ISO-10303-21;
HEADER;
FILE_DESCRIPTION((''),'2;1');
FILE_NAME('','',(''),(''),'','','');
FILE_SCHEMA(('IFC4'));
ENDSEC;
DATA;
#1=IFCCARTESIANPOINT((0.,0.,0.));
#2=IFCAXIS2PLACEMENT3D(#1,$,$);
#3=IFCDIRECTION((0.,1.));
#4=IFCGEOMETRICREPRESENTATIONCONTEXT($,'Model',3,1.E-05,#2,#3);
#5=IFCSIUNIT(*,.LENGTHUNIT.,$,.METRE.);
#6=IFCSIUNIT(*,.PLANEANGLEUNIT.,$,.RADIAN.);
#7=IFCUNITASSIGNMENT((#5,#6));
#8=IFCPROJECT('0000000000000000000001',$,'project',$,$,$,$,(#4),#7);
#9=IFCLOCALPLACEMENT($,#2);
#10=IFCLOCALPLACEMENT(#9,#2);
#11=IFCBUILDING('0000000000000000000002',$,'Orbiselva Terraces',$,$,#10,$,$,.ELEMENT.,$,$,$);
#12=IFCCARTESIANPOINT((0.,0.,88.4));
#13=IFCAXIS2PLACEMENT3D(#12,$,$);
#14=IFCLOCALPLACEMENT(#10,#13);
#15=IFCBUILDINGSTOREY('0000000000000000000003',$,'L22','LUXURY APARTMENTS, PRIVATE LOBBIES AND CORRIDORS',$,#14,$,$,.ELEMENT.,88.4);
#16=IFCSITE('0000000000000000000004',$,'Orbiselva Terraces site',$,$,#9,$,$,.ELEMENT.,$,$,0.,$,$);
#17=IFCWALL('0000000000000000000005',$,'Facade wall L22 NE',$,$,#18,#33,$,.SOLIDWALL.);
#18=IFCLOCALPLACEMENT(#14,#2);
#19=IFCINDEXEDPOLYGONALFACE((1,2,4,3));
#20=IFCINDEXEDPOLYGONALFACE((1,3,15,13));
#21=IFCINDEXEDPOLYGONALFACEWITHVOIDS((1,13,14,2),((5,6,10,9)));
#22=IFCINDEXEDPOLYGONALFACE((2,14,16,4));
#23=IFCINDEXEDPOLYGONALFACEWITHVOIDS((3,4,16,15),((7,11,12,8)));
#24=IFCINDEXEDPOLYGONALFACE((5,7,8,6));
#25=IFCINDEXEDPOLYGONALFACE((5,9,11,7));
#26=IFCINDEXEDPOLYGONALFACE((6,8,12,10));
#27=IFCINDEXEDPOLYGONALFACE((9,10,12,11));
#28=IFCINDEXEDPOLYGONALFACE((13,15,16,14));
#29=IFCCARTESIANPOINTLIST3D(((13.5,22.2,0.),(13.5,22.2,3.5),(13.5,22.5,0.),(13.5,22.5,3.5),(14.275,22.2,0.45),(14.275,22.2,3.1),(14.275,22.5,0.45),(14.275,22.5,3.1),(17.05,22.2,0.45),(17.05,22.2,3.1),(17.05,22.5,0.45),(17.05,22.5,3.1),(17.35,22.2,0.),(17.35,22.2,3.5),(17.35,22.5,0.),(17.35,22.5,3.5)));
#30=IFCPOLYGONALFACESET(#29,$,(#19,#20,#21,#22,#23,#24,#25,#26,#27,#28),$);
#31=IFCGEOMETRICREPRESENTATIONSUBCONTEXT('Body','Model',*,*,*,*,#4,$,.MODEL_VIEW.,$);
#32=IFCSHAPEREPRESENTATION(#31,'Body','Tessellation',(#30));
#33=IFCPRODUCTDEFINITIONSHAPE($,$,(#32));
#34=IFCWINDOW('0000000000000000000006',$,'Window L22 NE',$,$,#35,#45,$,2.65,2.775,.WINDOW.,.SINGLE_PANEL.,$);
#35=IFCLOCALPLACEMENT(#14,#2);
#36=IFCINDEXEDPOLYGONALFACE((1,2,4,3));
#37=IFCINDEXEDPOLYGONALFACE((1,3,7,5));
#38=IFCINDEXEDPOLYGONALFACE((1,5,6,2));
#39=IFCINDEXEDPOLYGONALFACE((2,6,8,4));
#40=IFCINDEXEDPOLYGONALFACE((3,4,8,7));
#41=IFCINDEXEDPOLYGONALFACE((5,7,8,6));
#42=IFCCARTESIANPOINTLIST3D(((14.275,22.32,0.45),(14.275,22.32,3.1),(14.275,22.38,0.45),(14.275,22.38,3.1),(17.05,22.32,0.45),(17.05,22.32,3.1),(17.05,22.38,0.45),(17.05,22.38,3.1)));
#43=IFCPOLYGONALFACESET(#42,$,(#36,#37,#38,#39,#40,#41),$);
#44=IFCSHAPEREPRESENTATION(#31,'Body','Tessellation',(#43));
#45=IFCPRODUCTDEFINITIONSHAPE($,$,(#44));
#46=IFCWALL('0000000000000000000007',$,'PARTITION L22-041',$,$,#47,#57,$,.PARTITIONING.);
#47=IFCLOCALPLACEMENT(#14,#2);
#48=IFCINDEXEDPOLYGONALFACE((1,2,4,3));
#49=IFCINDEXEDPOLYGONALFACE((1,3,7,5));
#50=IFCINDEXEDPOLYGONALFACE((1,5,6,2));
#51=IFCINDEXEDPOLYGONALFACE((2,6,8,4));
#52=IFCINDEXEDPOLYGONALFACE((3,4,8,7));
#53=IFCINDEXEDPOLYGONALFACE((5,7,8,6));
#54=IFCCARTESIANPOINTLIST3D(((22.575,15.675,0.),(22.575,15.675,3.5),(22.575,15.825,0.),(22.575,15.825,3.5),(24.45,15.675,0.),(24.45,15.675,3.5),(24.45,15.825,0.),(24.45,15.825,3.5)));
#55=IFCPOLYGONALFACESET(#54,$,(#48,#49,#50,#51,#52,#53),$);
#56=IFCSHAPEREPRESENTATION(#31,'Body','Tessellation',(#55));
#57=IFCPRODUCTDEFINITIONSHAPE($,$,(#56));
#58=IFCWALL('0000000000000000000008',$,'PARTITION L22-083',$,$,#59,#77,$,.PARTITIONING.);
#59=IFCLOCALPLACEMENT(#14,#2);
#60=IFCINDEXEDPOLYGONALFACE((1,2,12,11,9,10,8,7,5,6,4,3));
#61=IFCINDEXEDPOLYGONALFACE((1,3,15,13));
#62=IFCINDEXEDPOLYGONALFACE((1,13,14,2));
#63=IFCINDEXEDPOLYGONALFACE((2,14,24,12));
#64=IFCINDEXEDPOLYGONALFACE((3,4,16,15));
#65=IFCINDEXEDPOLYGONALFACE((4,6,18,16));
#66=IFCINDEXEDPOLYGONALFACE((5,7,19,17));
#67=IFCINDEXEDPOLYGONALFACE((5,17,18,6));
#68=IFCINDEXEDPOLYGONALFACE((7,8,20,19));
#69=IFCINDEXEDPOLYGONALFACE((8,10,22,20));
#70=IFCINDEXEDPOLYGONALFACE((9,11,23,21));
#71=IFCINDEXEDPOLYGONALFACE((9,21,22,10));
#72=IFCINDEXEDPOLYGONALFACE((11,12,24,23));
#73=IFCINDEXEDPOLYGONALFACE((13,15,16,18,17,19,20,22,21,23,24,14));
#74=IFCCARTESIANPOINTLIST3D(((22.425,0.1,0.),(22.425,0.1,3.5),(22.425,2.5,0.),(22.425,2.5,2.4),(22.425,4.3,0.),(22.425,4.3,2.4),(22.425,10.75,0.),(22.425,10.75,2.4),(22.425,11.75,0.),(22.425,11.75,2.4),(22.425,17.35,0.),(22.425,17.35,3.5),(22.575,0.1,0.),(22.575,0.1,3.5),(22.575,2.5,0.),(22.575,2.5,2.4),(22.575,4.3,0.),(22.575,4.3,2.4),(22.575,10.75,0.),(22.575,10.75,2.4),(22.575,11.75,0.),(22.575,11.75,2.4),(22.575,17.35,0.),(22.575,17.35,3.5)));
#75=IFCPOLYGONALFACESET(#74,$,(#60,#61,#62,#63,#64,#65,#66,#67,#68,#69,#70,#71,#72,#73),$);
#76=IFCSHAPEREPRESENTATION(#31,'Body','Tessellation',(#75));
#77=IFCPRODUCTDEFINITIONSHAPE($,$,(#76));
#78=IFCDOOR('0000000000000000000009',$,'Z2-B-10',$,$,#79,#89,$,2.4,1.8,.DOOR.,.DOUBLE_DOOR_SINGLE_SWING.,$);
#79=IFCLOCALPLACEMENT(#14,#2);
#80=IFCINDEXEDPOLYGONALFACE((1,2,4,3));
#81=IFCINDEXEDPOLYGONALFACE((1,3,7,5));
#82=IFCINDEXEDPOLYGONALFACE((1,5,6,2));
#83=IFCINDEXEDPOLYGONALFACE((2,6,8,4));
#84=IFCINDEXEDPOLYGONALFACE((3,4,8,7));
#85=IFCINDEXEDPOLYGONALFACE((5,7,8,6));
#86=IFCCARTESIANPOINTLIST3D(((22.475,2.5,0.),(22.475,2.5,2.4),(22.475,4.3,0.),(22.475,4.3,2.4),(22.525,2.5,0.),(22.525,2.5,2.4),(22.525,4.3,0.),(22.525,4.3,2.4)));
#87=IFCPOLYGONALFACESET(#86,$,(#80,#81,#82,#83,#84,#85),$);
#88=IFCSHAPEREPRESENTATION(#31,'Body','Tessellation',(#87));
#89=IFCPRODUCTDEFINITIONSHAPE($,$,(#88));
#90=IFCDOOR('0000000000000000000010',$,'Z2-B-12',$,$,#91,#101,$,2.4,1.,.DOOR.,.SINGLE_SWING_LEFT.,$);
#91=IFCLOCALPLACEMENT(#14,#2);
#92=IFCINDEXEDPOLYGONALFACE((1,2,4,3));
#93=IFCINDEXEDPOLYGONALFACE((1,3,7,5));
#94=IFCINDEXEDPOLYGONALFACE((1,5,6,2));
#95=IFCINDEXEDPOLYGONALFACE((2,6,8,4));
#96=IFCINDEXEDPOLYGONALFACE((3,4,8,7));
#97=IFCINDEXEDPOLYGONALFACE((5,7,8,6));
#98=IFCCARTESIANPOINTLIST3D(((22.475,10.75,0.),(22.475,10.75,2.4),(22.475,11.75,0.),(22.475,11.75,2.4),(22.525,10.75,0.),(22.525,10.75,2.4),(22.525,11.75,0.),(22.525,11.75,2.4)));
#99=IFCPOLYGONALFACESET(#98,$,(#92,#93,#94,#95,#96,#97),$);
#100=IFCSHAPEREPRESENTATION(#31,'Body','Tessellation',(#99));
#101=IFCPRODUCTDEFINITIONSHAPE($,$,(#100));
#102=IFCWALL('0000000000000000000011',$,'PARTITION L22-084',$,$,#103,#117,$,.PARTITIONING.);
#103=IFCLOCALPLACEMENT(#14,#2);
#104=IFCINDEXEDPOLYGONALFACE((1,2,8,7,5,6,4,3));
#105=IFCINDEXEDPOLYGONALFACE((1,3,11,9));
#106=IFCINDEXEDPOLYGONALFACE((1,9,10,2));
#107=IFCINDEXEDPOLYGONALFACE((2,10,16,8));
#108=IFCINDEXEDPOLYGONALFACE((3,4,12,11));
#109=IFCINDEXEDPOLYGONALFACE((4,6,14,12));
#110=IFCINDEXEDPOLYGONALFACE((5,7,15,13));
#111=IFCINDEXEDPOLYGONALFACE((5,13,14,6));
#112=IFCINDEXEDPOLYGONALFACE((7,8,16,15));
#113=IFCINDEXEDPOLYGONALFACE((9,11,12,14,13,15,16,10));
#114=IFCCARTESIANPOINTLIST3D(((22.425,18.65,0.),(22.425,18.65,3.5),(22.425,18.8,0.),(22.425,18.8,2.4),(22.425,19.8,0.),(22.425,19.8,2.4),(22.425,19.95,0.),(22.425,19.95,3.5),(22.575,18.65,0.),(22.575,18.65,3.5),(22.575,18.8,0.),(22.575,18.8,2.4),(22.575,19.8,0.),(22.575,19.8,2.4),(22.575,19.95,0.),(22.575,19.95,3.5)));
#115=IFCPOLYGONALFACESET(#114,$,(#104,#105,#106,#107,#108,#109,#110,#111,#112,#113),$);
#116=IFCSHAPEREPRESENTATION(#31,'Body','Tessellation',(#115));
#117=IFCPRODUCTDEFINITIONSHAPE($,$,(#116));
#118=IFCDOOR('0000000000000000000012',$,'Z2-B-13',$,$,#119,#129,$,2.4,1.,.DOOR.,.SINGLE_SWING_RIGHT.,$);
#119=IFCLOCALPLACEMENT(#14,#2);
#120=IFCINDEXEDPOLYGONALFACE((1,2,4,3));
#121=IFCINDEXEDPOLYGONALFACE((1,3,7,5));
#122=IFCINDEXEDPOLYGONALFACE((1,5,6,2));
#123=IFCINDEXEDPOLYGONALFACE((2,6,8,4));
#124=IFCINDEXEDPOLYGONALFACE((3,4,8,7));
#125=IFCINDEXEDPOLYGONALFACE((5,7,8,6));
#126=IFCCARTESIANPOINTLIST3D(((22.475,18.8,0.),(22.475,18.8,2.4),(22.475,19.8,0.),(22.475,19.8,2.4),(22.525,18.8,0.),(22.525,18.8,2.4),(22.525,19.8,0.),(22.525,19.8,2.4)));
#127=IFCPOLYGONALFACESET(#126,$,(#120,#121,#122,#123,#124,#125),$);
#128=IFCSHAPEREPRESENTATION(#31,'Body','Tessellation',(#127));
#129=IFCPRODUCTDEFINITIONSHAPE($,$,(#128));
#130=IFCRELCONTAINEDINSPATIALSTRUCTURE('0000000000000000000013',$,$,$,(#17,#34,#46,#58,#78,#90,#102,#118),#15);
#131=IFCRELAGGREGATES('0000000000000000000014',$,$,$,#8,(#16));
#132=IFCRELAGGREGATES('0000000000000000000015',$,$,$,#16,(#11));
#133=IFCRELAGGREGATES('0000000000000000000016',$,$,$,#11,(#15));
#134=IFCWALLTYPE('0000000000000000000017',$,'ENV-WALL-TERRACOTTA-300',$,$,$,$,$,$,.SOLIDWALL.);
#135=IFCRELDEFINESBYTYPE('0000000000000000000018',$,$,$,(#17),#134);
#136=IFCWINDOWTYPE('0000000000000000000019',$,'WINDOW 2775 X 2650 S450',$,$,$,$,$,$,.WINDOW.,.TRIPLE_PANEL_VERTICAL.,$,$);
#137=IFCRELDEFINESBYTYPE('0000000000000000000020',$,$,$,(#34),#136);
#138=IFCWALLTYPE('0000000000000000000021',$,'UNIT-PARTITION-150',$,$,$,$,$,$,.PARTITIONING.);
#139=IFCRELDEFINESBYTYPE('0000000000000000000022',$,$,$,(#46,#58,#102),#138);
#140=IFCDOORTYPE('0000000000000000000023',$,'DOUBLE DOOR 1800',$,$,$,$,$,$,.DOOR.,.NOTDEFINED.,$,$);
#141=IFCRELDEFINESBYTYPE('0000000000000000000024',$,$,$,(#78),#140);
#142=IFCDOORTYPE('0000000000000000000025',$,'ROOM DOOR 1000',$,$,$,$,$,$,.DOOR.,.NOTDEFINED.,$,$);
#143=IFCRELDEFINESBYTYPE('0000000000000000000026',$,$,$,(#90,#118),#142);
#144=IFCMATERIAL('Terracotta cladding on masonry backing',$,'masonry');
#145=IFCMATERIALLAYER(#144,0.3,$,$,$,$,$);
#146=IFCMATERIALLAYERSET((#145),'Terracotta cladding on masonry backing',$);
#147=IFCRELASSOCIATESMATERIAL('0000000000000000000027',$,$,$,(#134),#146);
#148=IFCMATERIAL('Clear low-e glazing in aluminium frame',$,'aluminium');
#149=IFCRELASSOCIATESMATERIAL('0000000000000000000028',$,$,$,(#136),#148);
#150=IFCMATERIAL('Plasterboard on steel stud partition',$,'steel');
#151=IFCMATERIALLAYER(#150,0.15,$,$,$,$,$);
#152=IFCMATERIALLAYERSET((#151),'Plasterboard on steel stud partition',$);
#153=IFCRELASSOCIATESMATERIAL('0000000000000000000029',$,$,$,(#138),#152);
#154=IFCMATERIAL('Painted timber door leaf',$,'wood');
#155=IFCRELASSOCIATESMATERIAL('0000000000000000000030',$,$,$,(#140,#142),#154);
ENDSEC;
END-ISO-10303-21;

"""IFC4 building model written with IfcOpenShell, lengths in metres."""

from ifc_helpers import new_model, si_unit, direction, frame, frame_2d, origin, place, context, subcontext, project, spatial, rectangle, extrude, material, layer, layer_set, type_object, element, fill, save


model = new_model("IFC4")

# Units and contexts
model_context = context("Model", 3, precision=1e-05, world=origin(), true_north=direction((0.0, 1.0)))
body_context = subcontext(model_context, "Body", "Model", "MODEL_VIEW")
ifc_project = project(units=[si_unit("LENGTHUNIT", "METRE"), si_unit("PLANEANGLEUNIT", "RADIAN")], contexts=[model_context])

# Site, building, storey
site_placement = place(None, origin())
site = spatial("IfcSite", under=ifc_project, at=site_placement, Name="Orbiselva Terraces site", CompositionType="ELEMENT", RefElevation=0.0)
building_placement = place(site_placement, origin())
building = spatial("IfcBuilding", under=site, at=building_placement, Name="Orbiselva Terraces", CompositionType="ELEMENT")
storey_placement = place(building_placement, frame((0.0, 0.0, 88.4)))
storey = spatial("IfcBuildingStorey", under=building, at=storey_placement, Name="L22", Description="LUXURY APARTMENTS, PRIVATE LOBBIES AND CORRIDORS", CompositionType="ELEMENT", Elevation=88.4)

# Shared definitions
ifc_material_1 = material(Name="Terracotta cladding on masonry backing", Category="masonry")
ifc_layer_1 = layer(ifc_material_1, 0.3)
ifc_layer_set_1 = layer_set([ifc_layer_1], Name="Terracotta cladding on masonry backing")
wall_type_1 = type_object("IfcWallType", Name="ENV-WALL-TERRACOTTA-300", PredefinedType="SOLIDWALL", material=ifc_layer_set_1)
ifc_material_2 = material(Name="Clear low-e glazing in aluminium frame", Category="aluminium")
window_type = type_object("IfcWindowType", Name="WINDOW 2775 X 2650 S450", PartitioningType="TRIPLE_PANEL_VERTICAL", PredefinedType="WINDOW", material=ifc_material_2)

# Wall, opening, window
wall_1_placement = place(storey_placement, frame((13.5, 22.35, 0.0), z_axis=(0.0, 0.0, 1.0), x_axis=(1.0, 0.0, 0.0)))
wall_1 = element("IfcWall", 1, at=wall_1_placement, inside=storey, type_object=wall_type_1, Name="Facade wall L22 NE", PredefinedType="SOLIDWALL", context=body_context, shape_type="SweptSolid", body=[
    extrude(rectangle(XDim=3.85, YDim=0.3, at=frame_2d((1.925, 0.0))), origin(), (0.0, 0.0, 1.0), 3.5),
])
opening_1_placement = place(wall_1_placement, frame((0.775, 0.0, 0.45)))
opening_1 = element("IfcOpeningElement", 2, at=opening_1_placement, cuts=wall_1, PredefinedType="OPENING", context=body_context, shape_type="SweptSolid", body=[
    extrude(rectangle(XDim=2.775, YDim=2.65, at=frame_2d((1.3875, 1.325))), frame((0.0, 0.16, 0.0), z_axis=(0.0, -1.0, 0.0), x_axis=(1.0, 0.0, 0.0)), (0.0, 0.0, 1.0), 0.32),
])
window_1_placement = place(opening_1_placement, origin())
window_1 = element("IfcWindow", 3, at=window_1_placement, inside=storey, type_object=window_type, Name="Window L22 NE", OverallHeight=2.65, OverallWidth=2.775, PartitioningType="SINGLE_PANEL", PredefinedType="WINDOW", context=body_context, shape_type="SweptSolid", body=[
    extrude(rectangle(XDim=2.775, YDim=2.65, at=frame_2d((1.3875, 1.325))), frame((0.0, 0.03, 0.0), z_axis=(0.0, -1.0, 0.0), x_axis=(1.0, 0.0, 0.0)), (0.0, 0.0, 1.0), 0.06),
])
fill(opening_1, window_1)

# Wall
ifc_material_3 = material(Name="Plasterboard on steel stud partition", Category="steel")
ifc_layer_2 = layer(ifc_material_3, 0.15)
ifc_layer_set_2 = layer_set([ifc_layer_2], Name="Plasterboard on steel stud partition")
wall_type_2 = type_object("IfcWallType", Name="UNIT-PARTITION-150", PredefinedType="PARTITIONING", material=ifc_layer_set_2)
wall_2_placement = place(storey_placement, frame((22.575, 15.75, 0.0), z_axis=(0.0, 0.0, 1.0), x_axis=(1.0, 0.0, 0.0)))
element("IfcWall", 4, at=wall_2_placement, inside=storey, type_object=wall_type_2, Name="PARTITION L22-041", PredefinedType="PARTITIONING", context=body_context, shape_type="SweptSolid", body=[
    extrude(rectangle(XDim=1.875, YDim=0.15, at=frame_2d((0.9375, 0.0))), origin(), (0.0, 0.0, 1.0), 3.5),
])

# Wall, openings, doors
wall_3_placement = place(storey_placement, frame((22.5, 17.35, 0.0), z_axis=(0.0, 0.0, 1.0), x_axis=(0.0, -1.0, 0.0)))
wall_3 = element("IfcWall", 5, at=wall_3_placement, inside=storey, type_object=wall_type_2, Name="PARTITION L22-083", PredefinedType="PARTITIONING", context=body_context, shape_type="SweptSolid", body=[
    extrude(rectangle(XDim=17.25, YDim=0.15, at=frame_2d((8.625, 0.0))), origin(), (0.0, 0.0, 1.0), 3.5),
])
opening_2_placement = place(wall_3_placement, frame((13.05, 0.0, 0.0)))
opening_2 = element("IfcOpeningElement", 6, at=opening_2_placement, cuts=wall_3, PredefinedType="OPENING", context=body_context, shape_type="SweptSolid", body=[
    extrude(rectangle(XDim=1.8, YDim=2.4, at=frame_2d((0.9, 1.2))), frame((0.0, 0.085, 0.0), z_axis=(0.0, -1.0, 0.0), x_axis=(1.0, 0.0, 0.0)), (0.0, 0.0, 1.0), 0.17),
])
opening_3_placement = place(wall_3_placement, frame((5.6, 0.0, 0.0)))
opening_3 = element("IfcOpeningElement", 7, at=opening_3_placement, cuts=wall_3, PredefinedType="OPENING", context=body_context, shape_type="SweptSolid", body=[
    extrude(rectangle(XDim=1.0, YDim=2.4, at=frame_2d((0.5, 1.2))), frame((0.0, 0.085, 0.0), z_axis=(0.0, -1.0, 0.0), x_axis=(1.0, 0.0, 0.0)), (0.0, 0.0, 1.0), 0.17),
])
ifc_material_4 = material(Name="Painted timber door leaf", Category="wood")
door_type_1 = type_object("IfcDoorType", Name="DOUBLE DOOR 1800", OperationType="NOTDEFINED", PredefinedType="DOOR", material=ifc_material_4)
door_1_placement = place(opening_2_placement, origin())
door_1 = element("IfcDoor", 8, at=door_1_placement, inside=storey, type_object=door_type_1, Name="Z2-B-10", OperationType="DOUBLE_DOOR_SINGLE_SWING", OverallHeight=2.4, OverallWidth=1.8, PredefinedType="DOOR", context=body_context, shape_type="SweptSolid", body=[
    extrude(rectangle(XDim=1.8, YDim=2.4, at=frame_2d((0.9, 1.2))), frame((0.0, 0.025, 0.0), z_axis=(0.0, -1.0, 0.0), x_axis=(1.0, 0.0, 0.0)), (0.0, 0.0, 1.0), 0.05),
])
fill(opening_2, door_1)
door_type_2 = type_object("IfcDoorType", Name="ROOM DOOR 1000", OperationType="NOTDEFINED", PredefinedType="DOOR", material=ifc_material_4)
door_2_placement = place(opening_3_placement, origin())
door_2 = element("IfcDoor", 9, at=door_2_placement, inside=storey, type_object=door_type_2, Name="Z2-B-12", OperationType="SINGLE_SWING_LEFT", OverallHeight=2.4, OverallWidth=1.0, PredefinedType="DOOR", context=body_context, shape_type="SweptSolid", body=[
    extrude(rectangle(XDim=1.0, YDim=2.4, at=frame_2d((0.5, 1.2))), frame((0.0, 0.025, 0.0), z_axis=(0.0, -1.0, 0.0), x_axis=(1.0, 0.0, 0.0)), (0.0, 0.0, 1.0), 0.05),
])
fill(opening_3, door_2)

# Wall, opening, door
wall_4_placement = place(storey_placement, frame((22.5, 19.95, 0.0), z_axis=(0.0, 0.0, 1.0), x_axis=(0.0, -1.0, 0.0)))
wall_4 = element("IfcWall", 10, at=wall_4_placement, inside=storey, type_object=wall_type_2, Name="PARTITION L22-084", PredefinedType="PARTITIONING", context=body_context, shape_type="SweptSolid", body=[
    extrude(rectangle(XDim=1.3, YDim=0.15, at=frame_2d((0.65, 0.0))), origin(), (0.0, 0.0, 1.0), 3.5),
])
opening_4_placement = place(wall_4_placement, frame((0.15, 0.0, 0.0)))
opening_4 = element("IfcOpeningElement", 11, at=opening_4_placement, cuts=wall_4, PredefinedType="OPENING", context=body_context, shape_type="SweptSolid", body=[
    extrude(rectangle(XDim=1.0, YDim=2.4, at=frame_2d((0.5, 1.2))), frame((0.0, 0.085, 0.0), z_axis=(0.0, -1.0, 0.0), x_axis=(1.0, 0.0, 0.0)), (0.0, 0.0, 1.0), 0.17),
])
door_3_placement = place(opening_4_placement, origin())
door_3 = element("IfcDoor", 12, at=door_3_placement, inside=storey, type_object=door_type_2, Name="Z2-B-13", OperationType="SINGLE_SWING_RIGHT", OverallHeight=2.4, OverallWidth=1.0, PredefinedType="DOOR", context=body_context, shape_type="SweptSolid", body=[
    extrude(rectangle(XDim=1.0, YDim=2.4, at=frame_2d((0.5, 1.2))), frame((0.0, 0.025, 0.0), z_axis=(0.0, -1.0, 0.0), x_axis=(1.0, 0.0, 0.0)), (0.0, 0.0, 1.0), 0.05),
])
fill(opening_4, door_3)

save(model, "model.ifc")
